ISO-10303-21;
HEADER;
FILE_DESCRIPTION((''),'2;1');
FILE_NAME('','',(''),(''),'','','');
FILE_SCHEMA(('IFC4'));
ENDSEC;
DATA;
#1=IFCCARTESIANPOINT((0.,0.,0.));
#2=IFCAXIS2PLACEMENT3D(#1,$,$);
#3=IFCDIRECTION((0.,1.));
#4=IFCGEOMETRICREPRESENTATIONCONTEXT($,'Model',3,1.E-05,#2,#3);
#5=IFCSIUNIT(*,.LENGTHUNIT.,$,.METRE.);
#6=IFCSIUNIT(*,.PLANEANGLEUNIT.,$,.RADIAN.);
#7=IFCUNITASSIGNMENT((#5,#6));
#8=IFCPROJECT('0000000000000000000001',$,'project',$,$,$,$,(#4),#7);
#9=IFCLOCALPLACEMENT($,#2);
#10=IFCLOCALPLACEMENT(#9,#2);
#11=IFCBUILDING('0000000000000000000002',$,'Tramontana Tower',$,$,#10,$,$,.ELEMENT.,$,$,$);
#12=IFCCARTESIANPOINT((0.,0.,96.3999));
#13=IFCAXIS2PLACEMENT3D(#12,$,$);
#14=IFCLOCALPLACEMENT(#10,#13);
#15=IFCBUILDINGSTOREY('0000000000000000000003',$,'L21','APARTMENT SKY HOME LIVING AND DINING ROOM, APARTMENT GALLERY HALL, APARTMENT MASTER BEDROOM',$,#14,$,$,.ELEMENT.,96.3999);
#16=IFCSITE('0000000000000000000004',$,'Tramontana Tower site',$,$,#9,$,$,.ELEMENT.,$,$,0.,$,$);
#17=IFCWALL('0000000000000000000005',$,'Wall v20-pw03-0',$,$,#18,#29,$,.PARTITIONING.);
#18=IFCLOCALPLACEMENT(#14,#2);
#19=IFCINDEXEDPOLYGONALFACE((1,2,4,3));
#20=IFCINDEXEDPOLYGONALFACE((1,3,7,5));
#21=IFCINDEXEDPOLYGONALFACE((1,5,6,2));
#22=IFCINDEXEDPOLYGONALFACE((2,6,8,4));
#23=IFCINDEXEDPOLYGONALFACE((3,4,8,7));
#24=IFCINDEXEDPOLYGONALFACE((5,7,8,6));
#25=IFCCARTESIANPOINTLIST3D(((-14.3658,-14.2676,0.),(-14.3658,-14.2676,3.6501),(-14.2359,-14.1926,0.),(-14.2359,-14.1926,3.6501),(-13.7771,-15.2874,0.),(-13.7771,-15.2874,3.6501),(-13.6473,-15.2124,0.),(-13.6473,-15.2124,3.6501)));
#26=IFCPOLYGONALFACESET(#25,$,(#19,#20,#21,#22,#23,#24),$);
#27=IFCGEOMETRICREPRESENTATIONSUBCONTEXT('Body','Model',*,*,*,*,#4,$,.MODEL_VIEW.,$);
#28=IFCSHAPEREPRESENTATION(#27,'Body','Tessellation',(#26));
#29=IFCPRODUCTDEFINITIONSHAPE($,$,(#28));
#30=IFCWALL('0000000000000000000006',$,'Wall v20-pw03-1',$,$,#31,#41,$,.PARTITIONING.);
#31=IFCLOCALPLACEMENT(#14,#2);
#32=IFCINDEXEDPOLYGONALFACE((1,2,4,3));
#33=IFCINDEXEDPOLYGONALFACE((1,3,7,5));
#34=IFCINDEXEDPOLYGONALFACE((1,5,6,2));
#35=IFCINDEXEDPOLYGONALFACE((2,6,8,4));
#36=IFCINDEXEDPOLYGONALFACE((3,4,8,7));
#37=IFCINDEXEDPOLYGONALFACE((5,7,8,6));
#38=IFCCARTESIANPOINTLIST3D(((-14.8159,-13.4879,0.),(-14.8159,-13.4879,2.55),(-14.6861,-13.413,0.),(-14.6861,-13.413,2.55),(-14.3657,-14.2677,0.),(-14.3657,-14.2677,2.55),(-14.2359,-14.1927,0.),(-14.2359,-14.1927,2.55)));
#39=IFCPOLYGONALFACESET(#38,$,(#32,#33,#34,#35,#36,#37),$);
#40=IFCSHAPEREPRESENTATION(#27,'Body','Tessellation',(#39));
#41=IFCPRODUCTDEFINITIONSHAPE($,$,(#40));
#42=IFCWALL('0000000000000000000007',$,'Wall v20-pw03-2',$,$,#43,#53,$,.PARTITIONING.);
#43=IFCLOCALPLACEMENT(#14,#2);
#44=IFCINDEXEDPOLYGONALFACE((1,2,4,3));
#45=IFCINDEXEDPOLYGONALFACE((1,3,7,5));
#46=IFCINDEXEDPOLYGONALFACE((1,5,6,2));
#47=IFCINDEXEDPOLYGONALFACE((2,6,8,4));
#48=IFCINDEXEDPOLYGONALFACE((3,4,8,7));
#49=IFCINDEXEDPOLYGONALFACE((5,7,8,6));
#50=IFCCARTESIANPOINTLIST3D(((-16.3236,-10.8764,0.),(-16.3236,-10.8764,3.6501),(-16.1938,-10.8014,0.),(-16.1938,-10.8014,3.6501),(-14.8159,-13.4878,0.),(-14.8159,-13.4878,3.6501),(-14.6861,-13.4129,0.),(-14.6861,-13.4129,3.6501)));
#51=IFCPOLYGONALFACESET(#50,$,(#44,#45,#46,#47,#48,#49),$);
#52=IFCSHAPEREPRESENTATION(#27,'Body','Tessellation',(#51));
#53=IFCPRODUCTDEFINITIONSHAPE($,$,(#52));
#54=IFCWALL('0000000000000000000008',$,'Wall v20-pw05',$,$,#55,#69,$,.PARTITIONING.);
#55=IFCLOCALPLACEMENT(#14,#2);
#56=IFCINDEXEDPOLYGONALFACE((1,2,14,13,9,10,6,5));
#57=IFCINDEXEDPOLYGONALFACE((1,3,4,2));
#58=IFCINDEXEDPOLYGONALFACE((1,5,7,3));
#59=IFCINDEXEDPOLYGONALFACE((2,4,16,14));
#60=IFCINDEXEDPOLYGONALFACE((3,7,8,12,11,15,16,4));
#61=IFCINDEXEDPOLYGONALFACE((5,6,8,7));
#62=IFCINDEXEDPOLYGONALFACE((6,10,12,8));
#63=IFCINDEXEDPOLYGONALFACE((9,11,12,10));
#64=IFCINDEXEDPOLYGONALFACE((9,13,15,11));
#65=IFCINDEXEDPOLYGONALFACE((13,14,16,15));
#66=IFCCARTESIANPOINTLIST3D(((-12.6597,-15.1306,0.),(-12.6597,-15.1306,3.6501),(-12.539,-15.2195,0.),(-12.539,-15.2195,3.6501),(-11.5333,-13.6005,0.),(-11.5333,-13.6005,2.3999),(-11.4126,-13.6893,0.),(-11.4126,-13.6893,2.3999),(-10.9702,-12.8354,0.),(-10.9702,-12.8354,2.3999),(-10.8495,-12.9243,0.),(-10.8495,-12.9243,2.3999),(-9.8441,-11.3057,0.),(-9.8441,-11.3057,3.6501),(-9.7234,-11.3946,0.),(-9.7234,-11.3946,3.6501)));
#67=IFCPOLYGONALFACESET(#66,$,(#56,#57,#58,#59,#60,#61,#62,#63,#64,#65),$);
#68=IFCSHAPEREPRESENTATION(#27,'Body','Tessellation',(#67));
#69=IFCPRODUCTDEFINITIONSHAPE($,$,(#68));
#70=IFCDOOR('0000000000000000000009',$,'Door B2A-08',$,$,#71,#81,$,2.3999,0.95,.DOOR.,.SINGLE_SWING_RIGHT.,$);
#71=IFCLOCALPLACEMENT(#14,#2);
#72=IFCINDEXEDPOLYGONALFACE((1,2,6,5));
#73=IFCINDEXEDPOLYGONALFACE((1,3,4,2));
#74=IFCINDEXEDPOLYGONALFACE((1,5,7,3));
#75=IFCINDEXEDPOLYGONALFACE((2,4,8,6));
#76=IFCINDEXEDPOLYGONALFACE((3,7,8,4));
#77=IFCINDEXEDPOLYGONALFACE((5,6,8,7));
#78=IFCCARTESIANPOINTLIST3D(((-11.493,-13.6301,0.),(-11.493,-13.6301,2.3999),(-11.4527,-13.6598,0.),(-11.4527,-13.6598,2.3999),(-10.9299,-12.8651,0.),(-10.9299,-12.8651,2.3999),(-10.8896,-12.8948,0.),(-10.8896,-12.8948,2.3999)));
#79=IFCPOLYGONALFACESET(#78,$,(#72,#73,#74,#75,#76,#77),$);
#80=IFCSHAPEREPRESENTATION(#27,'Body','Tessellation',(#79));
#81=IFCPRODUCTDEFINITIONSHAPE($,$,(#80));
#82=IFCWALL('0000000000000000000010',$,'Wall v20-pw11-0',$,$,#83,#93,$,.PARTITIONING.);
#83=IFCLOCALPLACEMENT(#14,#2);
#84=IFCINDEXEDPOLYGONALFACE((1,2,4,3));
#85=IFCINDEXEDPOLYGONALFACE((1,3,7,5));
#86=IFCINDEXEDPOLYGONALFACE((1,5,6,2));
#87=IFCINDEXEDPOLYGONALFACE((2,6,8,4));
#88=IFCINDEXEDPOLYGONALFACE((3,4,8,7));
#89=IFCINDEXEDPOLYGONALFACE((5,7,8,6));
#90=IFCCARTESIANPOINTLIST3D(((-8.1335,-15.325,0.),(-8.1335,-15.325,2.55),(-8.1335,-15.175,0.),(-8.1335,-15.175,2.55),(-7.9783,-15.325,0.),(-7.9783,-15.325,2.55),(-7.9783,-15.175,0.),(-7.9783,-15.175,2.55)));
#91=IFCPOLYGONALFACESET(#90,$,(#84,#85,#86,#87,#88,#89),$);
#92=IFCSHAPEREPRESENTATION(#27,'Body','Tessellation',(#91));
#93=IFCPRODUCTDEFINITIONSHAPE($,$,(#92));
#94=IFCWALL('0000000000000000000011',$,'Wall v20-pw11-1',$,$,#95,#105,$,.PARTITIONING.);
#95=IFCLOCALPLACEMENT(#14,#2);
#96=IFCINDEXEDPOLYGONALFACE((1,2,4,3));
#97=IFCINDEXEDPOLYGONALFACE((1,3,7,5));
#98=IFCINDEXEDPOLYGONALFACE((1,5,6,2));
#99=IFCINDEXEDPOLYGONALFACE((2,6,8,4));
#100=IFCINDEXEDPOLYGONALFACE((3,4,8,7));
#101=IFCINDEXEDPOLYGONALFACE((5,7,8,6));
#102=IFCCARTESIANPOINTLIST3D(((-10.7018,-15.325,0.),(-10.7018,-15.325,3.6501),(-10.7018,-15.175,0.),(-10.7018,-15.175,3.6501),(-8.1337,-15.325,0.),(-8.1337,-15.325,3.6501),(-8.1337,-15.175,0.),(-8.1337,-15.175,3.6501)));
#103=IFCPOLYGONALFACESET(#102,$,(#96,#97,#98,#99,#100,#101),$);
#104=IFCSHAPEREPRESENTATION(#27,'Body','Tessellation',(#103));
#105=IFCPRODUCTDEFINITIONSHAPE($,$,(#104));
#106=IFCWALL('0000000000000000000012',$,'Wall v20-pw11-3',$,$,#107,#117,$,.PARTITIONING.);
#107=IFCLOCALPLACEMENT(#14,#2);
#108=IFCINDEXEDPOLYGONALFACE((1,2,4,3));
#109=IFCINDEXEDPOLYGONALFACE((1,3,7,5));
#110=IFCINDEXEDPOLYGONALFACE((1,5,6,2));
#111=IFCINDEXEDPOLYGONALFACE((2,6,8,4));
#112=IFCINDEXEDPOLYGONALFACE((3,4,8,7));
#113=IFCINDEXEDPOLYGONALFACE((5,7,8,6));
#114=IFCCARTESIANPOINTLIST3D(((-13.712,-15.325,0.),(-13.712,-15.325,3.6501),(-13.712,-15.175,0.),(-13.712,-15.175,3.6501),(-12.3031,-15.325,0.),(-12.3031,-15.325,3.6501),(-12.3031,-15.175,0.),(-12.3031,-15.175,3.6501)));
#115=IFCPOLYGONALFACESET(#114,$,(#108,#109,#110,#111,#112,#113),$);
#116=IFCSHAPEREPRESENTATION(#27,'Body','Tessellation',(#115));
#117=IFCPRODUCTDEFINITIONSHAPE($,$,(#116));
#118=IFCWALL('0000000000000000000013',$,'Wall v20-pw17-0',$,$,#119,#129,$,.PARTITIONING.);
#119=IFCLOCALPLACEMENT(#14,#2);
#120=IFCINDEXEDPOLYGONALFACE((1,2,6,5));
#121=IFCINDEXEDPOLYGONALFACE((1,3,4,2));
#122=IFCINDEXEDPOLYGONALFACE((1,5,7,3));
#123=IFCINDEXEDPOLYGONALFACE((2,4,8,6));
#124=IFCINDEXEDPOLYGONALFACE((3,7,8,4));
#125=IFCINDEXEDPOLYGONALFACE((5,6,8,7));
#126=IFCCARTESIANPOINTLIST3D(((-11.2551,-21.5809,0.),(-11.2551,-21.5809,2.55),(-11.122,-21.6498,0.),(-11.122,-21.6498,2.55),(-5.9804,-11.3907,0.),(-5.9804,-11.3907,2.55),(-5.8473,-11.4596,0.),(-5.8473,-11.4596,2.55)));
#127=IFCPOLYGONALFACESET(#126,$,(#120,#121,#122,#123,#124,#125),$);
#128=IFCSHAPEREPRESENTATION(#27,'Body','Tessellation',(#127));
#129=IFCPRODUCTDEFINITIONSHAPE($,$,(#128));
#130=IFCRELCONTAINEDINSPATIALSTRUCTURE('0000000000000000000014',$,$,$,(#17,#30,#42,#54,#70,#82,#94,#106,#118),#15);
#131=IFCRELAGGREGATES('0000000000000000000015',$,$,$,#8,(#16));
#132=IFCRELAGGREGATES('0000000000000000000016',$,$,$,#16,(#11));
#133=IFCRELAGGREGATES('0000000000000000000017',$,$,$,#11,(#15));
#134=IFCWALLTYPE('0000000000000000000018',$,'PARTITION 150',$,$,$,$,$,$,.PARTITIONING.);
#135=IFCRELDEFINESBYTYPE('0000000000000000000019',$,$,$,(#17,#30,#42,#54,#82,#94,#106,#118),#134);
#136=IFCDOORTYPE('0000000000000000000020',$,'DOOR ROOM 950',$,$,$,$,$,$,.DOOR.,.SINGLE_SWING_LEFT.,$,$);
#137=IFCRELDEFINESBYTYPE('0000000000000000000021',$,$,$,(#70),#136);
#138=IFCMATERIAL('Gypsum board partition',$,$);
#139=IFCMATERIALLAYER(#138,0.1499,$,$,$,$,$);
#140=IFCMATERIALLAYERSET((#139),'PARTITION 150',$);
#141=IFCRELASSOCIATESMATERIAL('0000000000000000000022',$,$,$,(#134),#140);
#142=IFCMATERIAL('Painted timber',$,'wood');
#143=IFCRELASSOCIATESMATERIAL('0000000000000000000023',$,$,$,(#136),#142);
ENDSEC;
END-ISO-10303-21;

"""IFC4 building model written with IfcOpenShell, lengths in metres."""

from ifc_helpers import new_model, si_unit, direction, frame, frame_2d, origin, place, context, subcontext, project, spatial, rectangle, extrude, material, layer, layer_set, type_object, element, fill, save


model = new_model("IFC4")

# Units and contexts
model_context = context("Model", 3, precision=1e-05, world=origin(), true_north=direction((0.0, 1.0)))
body_context = subcontext(model_context, "Body", "Model", "MODEL_VIEW")
ifc_project = project(units=[si_unit("LENGTHUNIT", "METRE"), si_unit("PLANEANGLEUNIT", "RADIAN")], contexts=[model_context])

# Site, building, storey
site_placement = place(None, origin())
site = spatial("IfcSite", under=ifc_project, at=site_placement, Name="Tramontana Tower site", CompositionType="ELEMENT", RefElevation=0.0)
building_placement = place(site_placement, origin())
building = spatial("IfcBuilding", under=site, at=building_placement, Name="Tramontana Tower", CompositionType="ELEMENT")
storey_placement = place(building_placement, frame((0.0, 0.0, 96.3999)))
storey = spatial("IfcBuildingStorey", under=building, at=storey_placement, Name="L21", Description="APARTMENT SKY HOME LIVING AND DINING ROOM, APARTMENT GALLERY HALL, APARTMENT MASTER BEDROOM", CompositionType="ELEMENT", Elevation=96.3999)

# Walls
ifc_material_1 = material(Name="Gypsum board partition")
ifc_layer_1 = layer(ifc_material_1, 0.1499)
ifc_layer_set_1 = layer_set([ifc_layer_1], Name="PARTITION 150")
wall_type_1 = type_object("IfcWallType", Name="PARTITION 150", PredefinedType="PARTITIONING", material=ifc_layer_set_1)
wall_1_placement = place(storey_placement, frame((-13.7122, -15.25, 0.0), z_axis=(0.0, 0.0, 1.0), x_axis=(-0.499908, 0.866079, 0.0)))
element("IfcWall", 1, at=wall_1_placement, inside=storey, type_object=wall_type_1, Name="Wall v20-pw03-0", PredefinedType="PARTITIONING", context=body_context, shape_type="SweptSolid", body=[
    extrude(rectangle(XDim=1.1775, YDim=0.1499, at=frame_2d((0.5889, 0.0))), origin(), (0.0, 0.0, 1.0), 3.6501),
])
wall_2_placement = place(storey_placement, frame((-14.3008, -14.2302, 0.0), z_axis=(0.0, 0.0, 1.0), x_axis=(-0.499988, 0.866032, 0.0)))
element("IfcWall", 2, at=wall_2_placement, inside=storey, type_object=wall_type_1, Name="Wall v20-pw03-1", PredefinedType="PARTITIONING", context=body_context, shape_type="SweptSolid", body=[
    extrude(rectangle(XDim=0.9004, YDim=0.1499, at=frame_2d((0.4502, 0.0))), origin(), (0.0, 0.0, 1.0), 2.55),
])
wall_3_placement = place(storey_placement, frame((-14.751, -13.4504, 0.0), z_axis=(0.0, 0.0, 1.0), x_axis=(-0.499979, 0.866037, 0.0)))
element("IfcWall", 3, at=wall_3_placement, inside=storey, type_object=wall_type_1, Name="Wall v20-pw03-2", PredefinedType="PARTITIONING", context=body_context, shape_type="SweptSolid", body=[
    extrude(rectangle(XDim=3.0154, YDim=0.1499, at=frame_2d((1.5078, 0.0))), origin(), (0.0, 0.0, 1.0), 3.6501),
])

# Wall, opening, door
wall_4_placement = place(storey_placement, frame((-12.5994, -15.175, 0.0), z_axis=(0.0, 0.0, 1.0), x_axis=(0.592829, 0.805328, 0.0)))
wall_4 = element("IfcWall", 4, at=wall_4_placement, inside=storey, type_object=wall_type_1, Name="Wall v20-pw05", PredefinedType="PARTITIONING", context=body_context, shape_type="SweptSolid", body=[
    extrude(rectangle(XDim=4.7495, YDim=0.1499, at=frame_2d((2.3748, 0.0))), origin(), (0.0, 0.0, 1.0), 3.6501),
])
opening_1_placement = place(wall_4_placement, frame((1.8999, 0.0, 0.0)))
opening_1 = element("IfcOpeningElement", 5, at=opening_1_placement, cuts=wall_4, PredefinedType="OPENING", context=body_context, shape_type="SweptSolid", body=[
    extrude(rectangle(XDim=0.95, YDim=2.3999, at=frame_2d((0.4751, 1.2))), frame((0.0, 0.085, 0.0), z_axis=(0.0, -1.0, 0.0), x_axis=(1.0, 0.0, 0.0)), (0.0, 0.0, 1.0), 0.1699),
])
ifc_material_2 = material(Name="Painted timber", Category="wood")
door_type_1 = type_object("IfcDoorType", Name="DOOR ROOM 950", OperationType="SINGLE_SWING_LEFT", PredefinedType="DOOR", material=ifc_material_2)
door_1_placement = place(opening_1_placement, origin())
door_1 = element("IfcDoor", 6, at=door_1_placement, inside=storey, type_object=door_type_1, Name="Door B2A-08", OperationType="SINGLE_SWING_RIGHT", OverallHeight=2.3999, OverallWidth=0.95, PredefinedType="DOOR", context=body_context, shape_type="SweptSolid", body=[
    extrude(rectangle(XDim=0.95, YDim=2.3999, at=frame_2d((0.4751, 1.2))), frame((0.0, 0.0249, 0.0), z_axis=(0.0, -1.0, 0.0), x_axis=(1.0, 0.0, 0.0)), (0.0, 0.0, 1.0), 0.05),
])
fill(opening_1, door_1)

# Walls
wall_5_placement = place(storey_placement, frame((-7.9783, -15.25, 0.0), z_axis=(0.0, 0.0, 1.0), x_axis=(-1.0, 0.0, 0.0)))
element("IfcWall", 7, at=wall_5_placement, inside=storey, type_object=wall_type_1, Name="Wall v20-pw11-0", PredefinedType="PARTITIONING", context=body_context, shape_type="SweptSolid", body=[
    extrude(rectangle(XDim=0.1553, YDim=0.1499, at=frame_2d((0.0776, 0.0))), origin(), (0.0, 0.0, 1.0), 2.55),
])
wall_6_placement = place(storey_placement, frame((-8.1335, -15.25, 0.0), z_axis=(0.0, 0.0, 1.0), x_axis=(-1.0, 0.0, 0.0)))
element("IfcWall", 8, at=wall_6_placement, inside=storey, type_object=wall_type_1, Name="Wall v20-pw11-1", PredefinedType="PARTITIONING", context=body_context, shape_type="SweptSolid", body=[
    extrude(rectangle(XDim=2.5681, YDim=0.1499, at=frame_2d((1.2842, 0.0))), origin(), (0.0, 0.0, 1.0), 3.6501),
])

# Walls
wall_7_placement = place(storey_placement, frame((-12.303, -15.25, 0.0), z_axis=(0.0, 0.0, 1.0), x_axis=(-1.0, 0.0, 0.0)))
element("IfcWall", 9, at=wall_7_placement, inside=storey, type_object=wall_type_1, Name="Wall v20-pw11-3", PredefinedType="PARTITIONING", context=body_context, shape_type="SweptSolid", body=[
    extrude(rectangle(XDim=1.4089, YDim=0.1499, at=frame_2d((0.7046, 0.0))), origin(), (0.0, 0.0, 1.0), 3.6501),
])
wall_8_placement = place(storey_placement, frame((-5.9138, -11.425, 0.0), z_axis=(0.0, 0.0, 1.0), x_axis=(-0.459689, -0.88808, 0.0)))
element("IfcWall", 10, at=wall_8_placement, inside=storey, type_object=wall_type_1, Name="Wall v20-pw17-0", PredefinedType="PARTITIONING", context=body_context, shape_type="SweptSolid", body=[
    extrude(rectangle(XDim=11.4744, YDim=0.1499, at=frame_2d((5.7373, 0.0))), origin(), (0.0, 0.0, 1.0), 2.55),
])

save(model, "model.ifc")
